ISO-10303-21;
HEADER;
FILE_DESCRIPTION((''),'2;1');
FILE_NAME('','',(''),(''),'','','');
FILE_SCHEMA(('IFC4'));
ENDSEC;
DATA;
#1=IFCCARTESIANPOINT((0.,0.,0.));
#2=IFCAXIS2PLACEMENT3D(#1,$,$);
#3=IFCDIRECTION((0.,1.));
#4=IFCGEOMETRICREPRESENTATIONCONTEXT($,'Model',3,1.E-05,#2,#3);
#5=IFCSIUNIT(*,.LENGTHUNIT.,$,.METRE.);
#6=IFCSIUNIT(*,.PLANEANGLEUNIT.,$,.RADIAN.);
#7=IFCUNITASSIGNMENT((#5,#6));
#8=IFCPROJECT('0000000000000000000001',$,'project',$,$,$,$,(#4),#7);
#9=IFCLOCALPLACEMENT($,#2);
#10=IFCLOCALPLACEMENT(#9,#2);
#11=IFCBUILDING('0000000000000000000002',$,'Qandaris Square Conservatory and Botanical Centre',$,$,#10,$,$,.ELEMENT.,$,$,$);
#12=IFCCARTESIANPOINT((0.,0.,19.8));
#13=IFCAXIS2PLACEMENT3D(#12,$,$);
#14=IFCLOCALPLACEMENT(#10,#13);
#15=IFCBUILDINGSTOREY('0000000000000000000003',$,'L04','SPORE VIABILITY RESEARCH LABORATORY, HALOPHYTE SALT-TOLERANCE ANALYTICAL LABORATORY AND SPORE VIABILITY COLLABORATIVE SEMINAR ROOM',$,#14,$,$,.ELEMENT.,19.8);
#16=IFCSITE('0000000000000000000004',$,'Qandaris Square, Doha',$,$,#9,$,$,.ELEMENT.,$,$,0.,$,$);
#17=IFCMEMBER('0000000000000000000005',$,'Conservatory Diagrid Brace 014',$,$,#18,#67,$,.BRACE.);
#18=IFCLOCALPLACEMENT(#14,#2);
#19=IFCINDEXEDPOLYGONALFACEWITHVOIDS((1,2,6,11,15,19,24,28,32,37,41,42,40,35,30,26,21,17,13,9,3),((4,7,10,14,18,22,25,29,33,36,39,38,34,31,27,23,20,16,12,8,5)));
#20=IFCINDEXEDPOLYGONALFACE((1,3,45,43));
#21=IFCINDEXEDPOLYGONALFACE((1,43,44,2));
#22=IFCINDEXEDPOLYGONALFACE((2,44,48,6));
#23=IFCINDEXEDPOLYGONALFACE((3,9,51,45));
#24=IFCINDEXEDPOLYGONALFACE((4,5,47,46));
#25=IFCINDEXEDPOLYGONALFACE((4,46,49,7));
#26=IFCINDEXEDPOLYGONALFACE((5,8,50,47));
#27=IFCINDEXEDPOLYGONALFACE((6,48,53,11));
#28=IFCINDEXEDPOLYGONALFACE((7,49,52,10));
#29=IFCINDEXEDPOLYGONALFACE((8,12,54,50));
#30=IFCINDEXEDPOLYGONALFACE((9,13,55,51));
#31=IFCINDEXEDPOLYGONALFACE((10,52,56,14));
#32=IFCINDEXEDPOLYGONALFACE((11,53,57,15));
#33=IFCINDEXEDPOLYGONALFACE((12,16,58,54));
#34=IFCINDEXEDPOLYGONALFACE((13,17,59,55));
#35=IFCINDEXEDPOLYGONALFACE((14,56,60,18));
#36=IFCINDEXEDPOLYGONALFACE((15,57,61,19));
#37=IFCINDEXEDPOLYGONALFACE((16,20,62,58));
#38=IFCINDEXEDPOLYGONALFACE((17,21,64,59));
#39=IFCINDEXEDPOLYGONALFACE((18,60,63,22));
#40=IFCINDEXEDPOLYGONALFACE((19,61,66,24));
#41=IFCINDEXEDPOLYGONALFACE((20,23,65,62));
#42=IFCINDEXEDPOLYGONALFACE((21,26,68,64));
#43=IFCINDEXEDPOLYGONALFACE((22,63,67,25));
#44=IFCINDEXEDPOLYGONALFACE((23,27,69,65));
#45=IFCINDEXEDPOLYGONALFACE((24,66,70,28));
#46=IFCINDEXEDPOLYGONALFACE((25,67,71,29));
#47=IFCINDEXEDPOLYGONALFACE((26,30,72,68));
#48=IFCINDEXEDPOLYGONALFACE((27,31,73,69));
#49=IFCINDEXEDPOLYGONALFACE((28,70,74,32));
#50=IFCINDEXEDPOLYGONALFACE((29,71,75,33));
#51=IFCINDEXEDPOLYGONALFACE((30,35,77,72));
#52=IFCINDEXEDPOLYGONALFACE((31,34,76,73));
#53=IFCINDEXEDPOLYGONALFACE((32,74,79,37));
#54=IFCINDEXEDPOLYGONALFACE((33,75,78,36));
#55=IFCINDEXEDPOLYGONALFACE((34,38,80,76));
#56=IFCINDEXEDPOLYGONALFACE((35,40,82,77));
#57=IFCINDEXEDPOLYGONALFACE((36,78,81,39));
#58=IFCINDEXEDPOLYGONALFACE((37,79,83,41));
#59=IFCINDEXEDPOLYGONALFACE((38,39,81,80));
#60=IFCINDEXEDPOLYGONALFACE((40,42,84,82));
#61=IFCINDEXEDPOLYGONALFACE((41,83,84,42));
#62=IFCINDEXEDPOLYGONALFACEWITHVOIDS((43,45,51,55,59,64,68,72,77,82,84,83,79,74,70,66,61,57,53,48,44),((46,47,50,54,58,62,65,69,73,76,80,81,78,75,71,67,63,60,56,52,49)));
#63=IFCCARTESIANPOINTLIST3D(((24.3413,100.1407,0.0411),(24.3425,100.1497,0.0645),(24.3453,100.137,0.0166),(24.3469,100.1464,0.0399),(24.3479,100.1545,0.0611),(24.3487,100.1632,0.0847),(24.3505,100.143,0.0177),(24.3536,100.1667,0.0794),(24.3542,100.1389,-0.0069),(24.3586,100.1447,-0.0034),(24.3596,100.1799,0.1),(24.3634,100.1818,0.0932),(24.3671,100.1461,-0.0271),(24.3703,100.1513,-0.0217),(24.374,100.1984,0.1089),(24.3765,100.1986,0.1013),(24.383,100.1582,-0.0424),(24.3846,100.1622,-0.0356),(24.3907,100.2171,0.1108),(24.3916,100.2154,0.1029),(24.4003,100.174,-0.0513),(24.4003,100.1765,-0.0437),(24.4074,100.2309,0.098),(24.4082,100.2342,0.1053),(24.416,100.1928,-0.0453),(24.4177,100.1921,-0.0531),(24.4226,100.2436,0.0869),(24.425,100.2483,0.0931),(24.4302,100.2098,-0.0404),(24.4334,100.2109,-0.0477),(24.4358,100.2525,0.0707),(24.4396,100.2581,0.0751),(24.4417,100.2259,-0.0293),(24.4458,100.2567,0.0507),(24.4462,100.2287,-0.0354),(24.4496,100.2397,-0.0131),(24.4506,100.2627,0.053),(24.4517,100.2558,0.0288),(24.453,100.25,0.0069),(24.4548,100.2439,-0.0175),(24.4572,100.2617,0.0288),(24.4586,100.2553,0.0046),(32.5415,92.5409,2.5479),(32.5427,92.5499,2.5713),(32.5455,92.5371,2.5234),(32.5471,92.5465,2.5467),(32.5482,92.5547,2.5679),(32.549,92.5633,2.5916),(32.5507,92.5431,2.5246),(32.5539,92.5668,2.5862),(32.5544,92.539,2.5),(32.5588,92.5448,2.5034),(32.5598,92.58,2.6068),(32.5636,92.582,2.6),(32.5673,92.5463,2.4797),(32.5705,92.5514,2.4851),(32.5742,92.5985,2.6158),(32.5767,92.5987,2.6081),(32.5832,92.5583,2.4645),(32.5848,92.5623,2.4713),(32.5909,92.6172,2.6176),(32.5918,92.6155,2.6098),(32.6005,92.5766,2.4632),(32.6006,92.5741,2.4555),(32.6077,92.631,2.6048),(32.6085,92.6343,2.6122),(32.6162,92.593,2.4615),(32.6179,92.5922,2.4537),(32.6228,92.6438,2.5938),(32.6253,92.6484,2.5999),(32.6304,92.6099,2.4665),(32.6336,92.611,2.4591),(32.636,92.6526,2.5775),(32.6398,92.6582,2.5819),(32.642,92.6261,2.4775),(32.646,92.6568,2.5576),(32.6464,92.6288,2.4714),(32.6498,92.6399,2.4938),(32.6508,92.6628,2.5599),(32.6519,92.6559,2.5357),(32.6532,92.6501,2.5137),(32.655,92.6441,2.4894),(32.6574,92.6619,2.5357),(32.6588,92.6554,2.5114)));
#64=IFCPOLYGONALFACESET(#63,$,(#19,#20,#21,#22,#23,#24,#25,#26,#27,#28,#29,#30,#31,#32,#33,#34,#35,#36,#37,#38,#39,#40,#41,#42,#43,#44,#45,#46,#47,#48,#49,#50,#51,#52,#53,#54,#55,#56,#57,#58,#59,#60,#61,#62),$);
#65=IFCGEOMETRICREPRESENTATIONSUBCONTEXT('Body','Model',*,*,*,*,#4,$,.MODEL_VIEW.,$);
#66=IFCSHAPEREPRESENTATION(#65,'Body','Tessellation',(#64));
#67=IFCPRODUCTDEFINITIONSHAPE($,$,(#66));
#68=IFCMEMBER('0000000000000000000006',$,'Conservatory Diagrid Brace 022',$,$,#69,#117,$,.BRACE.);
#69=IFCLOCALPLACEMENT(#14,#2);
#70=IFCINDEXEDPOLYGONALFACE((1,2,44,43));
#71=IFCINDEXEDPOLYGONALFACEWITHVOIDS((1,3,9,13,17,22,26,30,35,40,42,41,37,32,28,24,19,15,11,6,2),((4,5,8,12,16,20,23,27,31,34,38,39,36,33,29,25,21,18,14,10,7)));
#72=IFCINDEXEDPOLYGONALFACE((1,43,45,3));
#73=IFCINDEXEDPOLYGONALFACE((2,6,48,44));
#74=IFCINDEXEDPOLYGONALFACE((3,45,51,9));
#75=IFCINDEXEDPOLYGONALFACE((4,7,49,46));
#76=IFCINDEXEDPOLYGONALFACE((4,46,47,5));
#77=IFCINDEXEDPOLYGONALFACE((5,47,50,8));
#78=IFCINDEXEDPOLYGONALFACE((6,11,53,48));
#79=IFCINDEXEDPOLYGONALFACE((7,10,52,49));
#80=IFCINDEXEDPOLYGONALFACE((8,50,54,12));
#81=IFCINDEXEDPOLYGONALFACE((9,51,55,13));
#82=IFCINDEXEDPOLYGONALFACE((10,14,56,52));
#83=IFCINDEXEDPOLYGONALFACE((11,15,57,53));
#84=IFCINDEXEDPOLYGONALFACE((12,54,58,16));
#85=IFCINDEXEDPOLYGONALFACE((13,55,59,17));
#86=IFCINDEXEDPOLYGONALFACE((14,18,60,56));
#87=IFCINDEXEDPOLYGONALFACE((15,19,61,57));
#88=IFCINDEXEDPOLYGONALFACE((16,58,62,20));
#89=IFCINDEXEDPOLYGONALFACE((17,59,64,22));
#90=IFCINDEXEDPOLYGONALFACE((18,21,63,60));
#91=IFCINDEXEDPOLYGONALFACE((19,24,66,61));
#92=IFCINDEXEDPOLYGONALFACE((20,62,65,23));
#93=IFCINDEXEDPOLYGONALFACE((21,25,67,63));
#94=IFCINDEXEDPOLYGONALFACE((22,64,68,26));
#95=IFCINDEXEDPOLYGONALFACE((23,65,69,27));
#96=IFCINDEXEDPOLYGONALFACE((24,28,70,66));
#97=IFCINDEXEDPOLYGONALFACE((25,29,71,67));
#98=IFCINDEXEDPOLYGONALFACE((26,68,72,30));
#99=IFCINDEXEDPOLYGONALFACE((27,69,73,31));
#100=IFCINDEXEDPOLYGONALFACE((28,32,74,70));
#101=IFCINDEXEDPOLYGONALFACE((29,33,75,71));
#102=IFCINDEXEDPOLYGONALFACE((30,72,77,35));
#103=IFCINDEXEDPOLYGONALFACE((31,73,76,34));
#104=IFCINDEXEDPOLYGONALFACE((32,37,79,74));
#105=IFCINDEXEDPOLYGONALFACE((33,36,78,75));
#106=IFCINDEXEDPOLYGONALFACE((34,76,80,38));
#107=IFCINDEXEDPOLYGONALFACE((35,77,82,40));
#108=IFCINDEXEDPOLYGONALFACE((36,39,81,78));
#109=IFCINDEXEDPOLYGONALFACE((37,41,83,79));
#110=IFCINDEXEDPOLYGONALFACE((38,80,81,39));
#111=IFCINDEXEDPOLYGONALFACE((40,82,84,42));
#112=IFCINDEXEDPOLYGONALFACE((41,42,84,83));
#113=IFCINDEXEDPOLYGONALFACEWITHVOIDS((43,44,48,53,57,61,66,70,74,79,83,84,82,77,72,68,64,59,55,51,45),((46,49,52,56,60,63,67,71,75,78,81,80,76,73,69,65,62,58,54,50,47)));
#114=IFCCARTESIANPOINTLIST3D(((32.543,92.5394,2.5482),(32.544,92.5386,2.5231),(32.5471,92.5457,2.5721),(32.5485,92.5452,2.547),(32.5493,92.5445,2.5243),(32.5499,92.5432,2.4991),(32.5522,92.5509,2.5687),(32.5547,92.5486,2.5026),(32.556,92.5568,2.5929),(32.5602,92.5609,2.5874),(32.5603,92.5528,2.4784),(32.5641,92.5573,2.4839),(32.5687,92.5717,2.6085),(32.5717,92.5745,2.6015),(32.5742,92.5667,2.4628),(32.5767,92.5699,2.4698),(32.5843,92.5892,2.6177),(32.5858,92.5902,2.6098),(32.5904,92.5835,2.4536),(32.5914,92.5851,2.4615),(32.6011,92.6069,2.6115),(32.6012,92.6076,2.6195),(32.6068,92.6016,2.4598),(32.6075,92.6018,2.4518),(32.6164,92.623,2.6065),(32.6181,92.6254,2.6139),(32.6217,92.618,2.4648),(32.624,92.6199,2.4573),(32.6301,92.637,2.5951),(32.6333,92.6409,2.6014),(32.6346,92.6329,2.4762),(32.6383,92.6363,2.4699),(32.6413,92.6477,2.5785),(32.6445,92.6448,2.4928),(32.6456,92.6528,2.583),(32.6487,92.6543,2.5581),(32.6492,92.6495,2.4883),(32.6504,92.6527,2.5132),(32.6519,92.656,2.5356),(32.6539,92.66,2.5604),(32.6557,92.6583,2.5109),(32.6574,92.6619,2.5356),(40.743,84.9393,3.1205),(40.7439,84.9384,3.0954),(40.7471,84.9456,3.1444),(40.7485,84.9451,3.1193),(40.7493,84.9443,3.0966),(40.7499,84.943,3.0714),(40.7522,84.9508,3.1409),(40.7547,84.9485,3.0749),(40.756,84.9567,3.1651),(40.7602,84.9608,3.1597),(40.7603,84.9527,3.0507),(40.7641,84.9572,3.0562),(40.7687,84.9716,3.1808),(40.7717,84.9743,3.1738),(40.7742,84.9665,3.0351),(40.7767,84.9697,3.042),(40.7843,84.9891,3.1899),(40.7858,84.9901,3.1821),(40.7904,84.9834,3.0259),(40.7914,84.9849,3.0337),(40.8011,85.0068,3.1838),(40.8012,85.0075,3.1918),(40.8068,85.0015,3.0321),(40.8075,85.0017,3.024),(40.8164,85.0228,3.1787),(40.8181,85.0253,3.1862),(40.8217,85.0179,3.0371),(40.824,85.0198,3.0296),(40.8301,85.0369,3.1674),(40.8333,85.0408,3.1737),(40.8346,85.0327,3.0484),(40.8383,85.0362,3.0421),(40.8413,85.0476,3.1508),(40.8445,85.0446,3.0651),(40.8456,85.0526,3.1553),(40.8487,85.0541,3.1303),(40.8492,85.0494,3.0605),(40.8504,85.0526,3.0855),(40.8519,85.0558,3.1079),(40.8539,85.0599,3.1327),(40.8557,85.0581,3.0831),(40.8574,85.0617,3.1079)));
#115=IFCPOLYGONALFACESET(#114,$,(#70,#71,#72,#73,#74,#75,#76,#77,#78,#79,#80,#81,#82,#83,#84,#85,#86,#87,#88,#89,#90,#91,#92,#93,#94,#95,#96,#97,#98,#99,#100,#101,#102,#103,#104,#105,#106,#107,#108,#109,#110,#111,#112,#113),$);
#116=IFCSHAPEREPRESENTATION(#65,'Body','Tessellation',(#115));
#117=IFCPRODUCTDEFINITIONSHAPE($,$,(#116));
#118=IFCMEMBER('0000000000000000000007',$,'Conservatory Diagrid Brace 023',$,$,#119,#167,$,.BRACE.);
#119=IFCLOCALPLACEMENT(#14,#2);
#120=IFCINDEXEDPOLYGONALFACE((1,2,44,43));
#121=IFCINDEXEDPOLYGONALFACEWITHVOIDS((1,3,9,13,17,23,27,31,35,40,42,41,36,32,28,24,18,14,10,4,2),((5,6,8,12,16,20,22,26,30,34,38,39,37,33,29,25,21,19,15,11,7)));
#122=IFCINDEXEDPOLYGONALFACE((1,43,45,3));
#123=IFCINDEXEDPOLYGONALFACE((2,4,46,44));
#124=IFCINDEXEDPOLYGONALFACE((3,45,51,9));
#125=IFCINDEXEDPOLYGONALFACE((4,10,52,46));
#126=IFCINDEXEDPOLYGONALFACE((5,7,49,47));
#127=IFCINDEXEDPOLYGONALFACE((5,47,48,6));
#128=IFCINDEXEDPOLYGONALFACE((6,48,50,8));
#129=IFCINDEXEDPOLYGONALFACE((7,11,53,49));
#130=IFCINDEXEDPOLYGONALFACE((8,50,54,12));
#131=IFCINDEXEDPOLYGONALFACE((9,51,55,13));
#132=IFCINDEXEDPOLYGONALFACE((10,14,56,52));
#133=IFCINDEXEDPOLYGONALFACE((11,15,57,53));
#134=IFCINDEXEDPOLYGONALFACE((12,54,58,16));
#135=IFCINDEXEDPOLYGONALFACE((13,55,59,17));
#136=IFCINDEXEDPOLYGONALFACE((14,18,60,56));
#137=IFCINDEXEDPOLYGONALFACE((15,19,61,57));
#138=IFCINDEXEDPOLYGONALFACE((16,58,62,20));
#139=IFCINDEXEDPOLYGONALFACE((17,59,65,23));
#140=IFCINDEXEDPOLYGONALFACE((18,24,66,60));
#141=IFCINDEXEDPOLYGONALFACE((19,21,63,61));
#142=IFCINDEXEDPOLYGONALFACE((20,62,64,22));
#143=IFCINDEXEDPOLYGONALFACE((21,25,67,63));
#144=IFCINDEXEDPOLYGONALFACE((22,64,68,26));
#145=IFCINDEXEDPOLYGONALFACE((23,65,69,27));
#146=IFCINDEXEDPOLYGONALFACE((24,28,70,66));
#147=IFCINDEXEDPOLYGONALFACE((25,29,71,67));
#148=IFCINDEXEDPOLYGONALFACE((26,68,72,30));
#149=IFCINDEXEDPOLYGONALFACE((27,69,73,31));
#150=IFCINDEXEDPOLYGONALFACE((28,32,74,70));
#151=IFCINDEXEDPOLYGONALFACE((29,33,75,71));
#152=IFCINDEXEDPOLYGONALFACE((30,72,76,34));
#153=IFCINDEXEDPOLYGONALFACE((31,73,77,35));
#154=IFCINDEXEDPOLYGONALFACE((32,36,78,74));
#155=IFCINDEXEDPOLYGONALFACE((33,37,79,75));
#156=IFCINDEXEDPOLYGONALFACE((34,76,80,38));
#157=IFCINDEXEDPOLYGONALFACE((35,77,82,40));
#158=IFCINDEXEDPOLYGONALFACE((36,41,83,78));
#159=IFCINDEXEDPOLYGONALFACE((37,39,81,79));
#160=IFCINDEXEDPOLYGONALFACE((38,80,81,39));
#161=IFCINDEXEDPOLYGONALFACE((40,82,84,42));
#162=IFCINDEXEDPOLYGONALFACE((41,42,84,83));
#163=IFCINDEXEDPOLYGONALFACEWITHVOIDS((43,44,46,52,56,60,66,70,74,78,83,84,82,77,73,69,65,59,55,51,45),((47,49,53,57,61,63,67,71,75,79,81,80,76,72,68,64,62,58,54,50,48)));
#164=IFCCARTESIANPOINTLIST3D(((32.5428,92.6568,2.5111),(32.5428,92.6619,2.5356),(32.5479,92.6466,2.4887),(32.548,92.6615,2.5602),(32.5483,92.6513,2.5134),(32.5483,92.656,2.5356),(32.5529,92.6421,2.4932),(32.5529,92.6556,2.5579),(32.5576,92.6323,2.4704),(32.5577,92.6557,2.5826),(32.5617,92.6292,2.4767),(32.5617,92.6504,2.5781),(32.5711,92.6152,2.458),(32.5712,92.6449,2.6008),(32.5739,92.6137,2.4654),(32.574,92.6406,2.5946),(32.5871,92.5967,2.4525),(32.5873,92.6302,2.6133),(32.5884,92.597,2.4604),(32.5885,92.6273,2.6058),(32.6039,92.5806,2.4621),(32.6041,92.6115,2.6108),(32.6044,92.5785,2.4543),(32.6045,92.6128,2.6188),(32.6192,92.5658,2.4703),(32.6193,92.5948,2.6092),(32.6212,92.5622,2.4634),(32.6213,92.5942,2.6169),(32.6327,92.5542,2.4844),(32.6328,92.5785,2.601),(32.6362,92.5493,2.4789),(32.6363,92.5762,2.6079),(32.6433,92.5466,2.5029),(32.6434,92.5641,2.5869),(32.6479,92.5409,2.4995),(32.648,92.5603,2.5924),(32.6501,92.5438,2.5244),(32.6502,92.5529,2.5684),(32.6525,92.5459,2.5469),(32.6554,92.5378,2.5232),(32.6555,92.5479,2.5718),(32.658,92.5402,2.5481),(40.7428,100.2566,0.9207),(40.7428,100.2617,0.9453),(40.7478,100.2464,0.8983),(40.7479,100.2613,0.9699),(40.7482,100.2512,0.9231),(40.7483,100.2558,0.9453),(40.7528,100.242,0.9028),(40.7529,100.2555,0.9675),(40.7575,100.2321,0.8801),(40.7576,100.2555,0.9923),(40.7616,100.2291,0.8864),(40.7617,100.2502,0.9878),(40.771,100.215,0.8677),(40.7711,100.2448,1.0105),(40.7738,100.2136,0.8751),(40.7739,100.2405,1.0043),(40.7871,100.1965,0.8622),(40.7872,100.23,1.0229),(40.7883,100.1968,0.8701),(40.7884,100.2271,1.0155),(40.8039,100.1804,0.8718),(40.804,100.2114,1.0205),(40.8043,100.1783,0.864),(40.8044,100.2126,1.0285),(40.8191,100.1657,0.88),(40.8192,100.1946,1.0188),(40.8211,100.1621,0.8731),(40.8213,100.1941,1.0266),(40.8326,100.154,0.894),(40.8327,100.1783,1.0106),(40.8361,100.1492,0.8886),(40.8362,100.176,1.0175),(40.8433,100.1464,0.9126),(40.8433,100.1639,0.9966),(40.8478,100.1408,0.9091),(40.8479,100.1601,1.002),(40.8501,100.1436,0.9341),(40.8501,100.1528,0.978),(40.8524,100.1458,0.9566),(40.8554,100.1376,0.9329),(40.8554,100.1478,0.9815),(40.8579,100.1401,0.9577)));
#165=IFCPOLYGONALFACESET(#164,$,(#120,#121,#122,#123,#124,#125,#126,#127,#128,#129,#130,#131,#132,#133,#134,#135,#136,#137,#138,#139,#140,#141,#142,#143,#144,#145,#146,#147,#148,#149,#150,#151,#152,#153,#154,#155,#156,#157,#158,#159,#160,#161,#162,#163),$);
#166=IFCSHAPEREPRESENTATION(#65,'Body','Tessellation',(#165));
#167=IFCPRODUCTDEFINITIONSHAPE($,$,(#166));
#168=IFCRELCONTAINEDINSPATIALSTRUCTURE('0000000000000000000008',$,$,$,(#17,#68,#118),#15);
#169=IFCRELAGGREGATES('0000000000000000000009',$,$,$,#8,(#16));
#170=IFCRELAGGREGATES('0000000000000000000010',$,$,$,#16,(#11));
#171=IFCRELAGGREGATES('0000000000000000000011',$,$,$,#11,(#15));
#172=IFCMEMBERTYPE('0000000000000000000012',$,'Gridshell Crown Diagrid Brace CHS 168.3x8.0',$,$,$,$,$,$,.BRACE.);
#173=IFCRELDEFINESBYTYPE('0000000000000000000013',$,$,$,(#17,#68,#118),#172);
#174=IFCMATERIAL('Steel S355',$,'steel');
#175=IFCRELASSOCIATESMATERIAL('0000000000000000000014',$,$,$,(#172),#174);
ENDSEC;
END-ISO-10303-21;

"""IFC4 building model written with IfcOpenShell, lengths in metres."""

from ifc_helpers import new_model, si_unit, direction, frame, origin, origin_2d, place, context, subcontext, project, spatial, hollow_circle, extrude, material, material_profile, profile_set, type_object, element, save


model = new_model("IFC4")

# Units and contexts
model_context = context("Model", 3, precision=1e-05, world=origin(), true_north=direction((0.0, 1.0)))
body_context = subcontext(model_context, "Body", "Model", "MODEL_VIEW")
ifc_project = project(units=[si_unit("LENGTHUNIT", "METRE"), si_unit("PLANEANGLEUNIT", "RADIAN")], contexts=[model_context])

# Site, building, storey
site_placement = place(None, origin())
site = spatial("IfcSite", under=ifc_project, at=site_placement, Name="Qandaris Square, Doha", CompositionType="ELEMENT", RefElevation=0.0)
building_placement = place(site_placement, origin())
building = spatial("IfcBuilding", under=site, at=building_placement, Name="Qandaris Square Conservatory and Botanical Centre", CompositionType="ELEMENT")
storey_placement = place(building_placement, frame((0.0, 0.0, 19.8)))
storey = spatial("IfcBuildingStorey", under=building, at=storey_placement, Name="L04", Description="SPORE VIABILITY RESEARCH LABORATORY, HALOPHYTE SALT-TOLERANCE ANALYTICAL LABORATORY AND SPORE VIABILITY COLLABORATIVE SEMINAR ROOM", CompositionType="ELEMENT", Elevation=19.8)

# Members
ifc_material = material(Name="Steel S355", Category="steel")
ifc_material_profile_1 = material_profile(ifc_material, hollow_circle(Radius=0.0842, WallThickness=0.0081, at=origin_2d()), Name="CHS 168.3x8.0")
ifc_profile_set_1 = profile_set([ifc_material_profile_1], Name="Steel S355")
member_type_1 = type_object("IfcMemberType", Name="Gridshell Crown Diagrid Brace CHS 168.3x8.0", PredefinedType="BRACE", material=ifc_profile_set_1)
member_1_placement = place(storey_placement, frame((24.3999, 100.2, 0.0288), z_axis=(0.715676, -0.663281, 0.218785), x_axis=(0.679749, 0.733445, 0.0)))
element("IfcMember", 1, at=member_1_placement, inside=storey, type_object=member_type_1, Name="Conservatory Diagrid Brace 014", PredefinedType="BRACE", context=body_context, shape_type="SweptSolid", body=[
    extrude(hollow_circle(Radius=0.0842, WallThickness=0.0081, at=origin_2d()), origin(), (0.0, 0.0, 1.0), 11.458),
])
member_2_placement = place(storey_placement, frame((32.6001, 92.6001, 2.5356), z_axis=(0.732465, -0.678883, 0.051118), x_axis=(0.679772, 0.733424, 0.0)))
element("IfcMember", 2, at=member_2_placement, inside=storey, type_object=member_type_1, Name="Conservatory Diagrid Brace 022", PredefinedType="BRACE", context=body_context, shape_type="SweptSolid", body=[
    extrude(hollow_circle(Radius=0.0842, WallThickness=0.0081, at=origin_2d()), origin(), (0.0, 0.0, 1.0), 11.1951),
])
member_3_placement = place(storey_placement, frame((32.6001, 92.6001, 2.5356), z_axis=(0.726125, 0.672985, -0.140828), x_axis=(-0.67976, 0.733435, 0.0)))
element("IfcMember", 3, at=member_3_placement, inside=storey, type_object=member_type_1, Name="Conservatory Diagrid Brace 023", PredefinedType="BRACE", context=body_context, shape_type="SweptSolid", body=[
    extrude(hollow_circle(Radius=0.0842, WallThickness=0.0081, at=origin_2d()), origin(), (0.0, 0.0, 1.0), 11.2927),
])

save(model, "model.ifc")
